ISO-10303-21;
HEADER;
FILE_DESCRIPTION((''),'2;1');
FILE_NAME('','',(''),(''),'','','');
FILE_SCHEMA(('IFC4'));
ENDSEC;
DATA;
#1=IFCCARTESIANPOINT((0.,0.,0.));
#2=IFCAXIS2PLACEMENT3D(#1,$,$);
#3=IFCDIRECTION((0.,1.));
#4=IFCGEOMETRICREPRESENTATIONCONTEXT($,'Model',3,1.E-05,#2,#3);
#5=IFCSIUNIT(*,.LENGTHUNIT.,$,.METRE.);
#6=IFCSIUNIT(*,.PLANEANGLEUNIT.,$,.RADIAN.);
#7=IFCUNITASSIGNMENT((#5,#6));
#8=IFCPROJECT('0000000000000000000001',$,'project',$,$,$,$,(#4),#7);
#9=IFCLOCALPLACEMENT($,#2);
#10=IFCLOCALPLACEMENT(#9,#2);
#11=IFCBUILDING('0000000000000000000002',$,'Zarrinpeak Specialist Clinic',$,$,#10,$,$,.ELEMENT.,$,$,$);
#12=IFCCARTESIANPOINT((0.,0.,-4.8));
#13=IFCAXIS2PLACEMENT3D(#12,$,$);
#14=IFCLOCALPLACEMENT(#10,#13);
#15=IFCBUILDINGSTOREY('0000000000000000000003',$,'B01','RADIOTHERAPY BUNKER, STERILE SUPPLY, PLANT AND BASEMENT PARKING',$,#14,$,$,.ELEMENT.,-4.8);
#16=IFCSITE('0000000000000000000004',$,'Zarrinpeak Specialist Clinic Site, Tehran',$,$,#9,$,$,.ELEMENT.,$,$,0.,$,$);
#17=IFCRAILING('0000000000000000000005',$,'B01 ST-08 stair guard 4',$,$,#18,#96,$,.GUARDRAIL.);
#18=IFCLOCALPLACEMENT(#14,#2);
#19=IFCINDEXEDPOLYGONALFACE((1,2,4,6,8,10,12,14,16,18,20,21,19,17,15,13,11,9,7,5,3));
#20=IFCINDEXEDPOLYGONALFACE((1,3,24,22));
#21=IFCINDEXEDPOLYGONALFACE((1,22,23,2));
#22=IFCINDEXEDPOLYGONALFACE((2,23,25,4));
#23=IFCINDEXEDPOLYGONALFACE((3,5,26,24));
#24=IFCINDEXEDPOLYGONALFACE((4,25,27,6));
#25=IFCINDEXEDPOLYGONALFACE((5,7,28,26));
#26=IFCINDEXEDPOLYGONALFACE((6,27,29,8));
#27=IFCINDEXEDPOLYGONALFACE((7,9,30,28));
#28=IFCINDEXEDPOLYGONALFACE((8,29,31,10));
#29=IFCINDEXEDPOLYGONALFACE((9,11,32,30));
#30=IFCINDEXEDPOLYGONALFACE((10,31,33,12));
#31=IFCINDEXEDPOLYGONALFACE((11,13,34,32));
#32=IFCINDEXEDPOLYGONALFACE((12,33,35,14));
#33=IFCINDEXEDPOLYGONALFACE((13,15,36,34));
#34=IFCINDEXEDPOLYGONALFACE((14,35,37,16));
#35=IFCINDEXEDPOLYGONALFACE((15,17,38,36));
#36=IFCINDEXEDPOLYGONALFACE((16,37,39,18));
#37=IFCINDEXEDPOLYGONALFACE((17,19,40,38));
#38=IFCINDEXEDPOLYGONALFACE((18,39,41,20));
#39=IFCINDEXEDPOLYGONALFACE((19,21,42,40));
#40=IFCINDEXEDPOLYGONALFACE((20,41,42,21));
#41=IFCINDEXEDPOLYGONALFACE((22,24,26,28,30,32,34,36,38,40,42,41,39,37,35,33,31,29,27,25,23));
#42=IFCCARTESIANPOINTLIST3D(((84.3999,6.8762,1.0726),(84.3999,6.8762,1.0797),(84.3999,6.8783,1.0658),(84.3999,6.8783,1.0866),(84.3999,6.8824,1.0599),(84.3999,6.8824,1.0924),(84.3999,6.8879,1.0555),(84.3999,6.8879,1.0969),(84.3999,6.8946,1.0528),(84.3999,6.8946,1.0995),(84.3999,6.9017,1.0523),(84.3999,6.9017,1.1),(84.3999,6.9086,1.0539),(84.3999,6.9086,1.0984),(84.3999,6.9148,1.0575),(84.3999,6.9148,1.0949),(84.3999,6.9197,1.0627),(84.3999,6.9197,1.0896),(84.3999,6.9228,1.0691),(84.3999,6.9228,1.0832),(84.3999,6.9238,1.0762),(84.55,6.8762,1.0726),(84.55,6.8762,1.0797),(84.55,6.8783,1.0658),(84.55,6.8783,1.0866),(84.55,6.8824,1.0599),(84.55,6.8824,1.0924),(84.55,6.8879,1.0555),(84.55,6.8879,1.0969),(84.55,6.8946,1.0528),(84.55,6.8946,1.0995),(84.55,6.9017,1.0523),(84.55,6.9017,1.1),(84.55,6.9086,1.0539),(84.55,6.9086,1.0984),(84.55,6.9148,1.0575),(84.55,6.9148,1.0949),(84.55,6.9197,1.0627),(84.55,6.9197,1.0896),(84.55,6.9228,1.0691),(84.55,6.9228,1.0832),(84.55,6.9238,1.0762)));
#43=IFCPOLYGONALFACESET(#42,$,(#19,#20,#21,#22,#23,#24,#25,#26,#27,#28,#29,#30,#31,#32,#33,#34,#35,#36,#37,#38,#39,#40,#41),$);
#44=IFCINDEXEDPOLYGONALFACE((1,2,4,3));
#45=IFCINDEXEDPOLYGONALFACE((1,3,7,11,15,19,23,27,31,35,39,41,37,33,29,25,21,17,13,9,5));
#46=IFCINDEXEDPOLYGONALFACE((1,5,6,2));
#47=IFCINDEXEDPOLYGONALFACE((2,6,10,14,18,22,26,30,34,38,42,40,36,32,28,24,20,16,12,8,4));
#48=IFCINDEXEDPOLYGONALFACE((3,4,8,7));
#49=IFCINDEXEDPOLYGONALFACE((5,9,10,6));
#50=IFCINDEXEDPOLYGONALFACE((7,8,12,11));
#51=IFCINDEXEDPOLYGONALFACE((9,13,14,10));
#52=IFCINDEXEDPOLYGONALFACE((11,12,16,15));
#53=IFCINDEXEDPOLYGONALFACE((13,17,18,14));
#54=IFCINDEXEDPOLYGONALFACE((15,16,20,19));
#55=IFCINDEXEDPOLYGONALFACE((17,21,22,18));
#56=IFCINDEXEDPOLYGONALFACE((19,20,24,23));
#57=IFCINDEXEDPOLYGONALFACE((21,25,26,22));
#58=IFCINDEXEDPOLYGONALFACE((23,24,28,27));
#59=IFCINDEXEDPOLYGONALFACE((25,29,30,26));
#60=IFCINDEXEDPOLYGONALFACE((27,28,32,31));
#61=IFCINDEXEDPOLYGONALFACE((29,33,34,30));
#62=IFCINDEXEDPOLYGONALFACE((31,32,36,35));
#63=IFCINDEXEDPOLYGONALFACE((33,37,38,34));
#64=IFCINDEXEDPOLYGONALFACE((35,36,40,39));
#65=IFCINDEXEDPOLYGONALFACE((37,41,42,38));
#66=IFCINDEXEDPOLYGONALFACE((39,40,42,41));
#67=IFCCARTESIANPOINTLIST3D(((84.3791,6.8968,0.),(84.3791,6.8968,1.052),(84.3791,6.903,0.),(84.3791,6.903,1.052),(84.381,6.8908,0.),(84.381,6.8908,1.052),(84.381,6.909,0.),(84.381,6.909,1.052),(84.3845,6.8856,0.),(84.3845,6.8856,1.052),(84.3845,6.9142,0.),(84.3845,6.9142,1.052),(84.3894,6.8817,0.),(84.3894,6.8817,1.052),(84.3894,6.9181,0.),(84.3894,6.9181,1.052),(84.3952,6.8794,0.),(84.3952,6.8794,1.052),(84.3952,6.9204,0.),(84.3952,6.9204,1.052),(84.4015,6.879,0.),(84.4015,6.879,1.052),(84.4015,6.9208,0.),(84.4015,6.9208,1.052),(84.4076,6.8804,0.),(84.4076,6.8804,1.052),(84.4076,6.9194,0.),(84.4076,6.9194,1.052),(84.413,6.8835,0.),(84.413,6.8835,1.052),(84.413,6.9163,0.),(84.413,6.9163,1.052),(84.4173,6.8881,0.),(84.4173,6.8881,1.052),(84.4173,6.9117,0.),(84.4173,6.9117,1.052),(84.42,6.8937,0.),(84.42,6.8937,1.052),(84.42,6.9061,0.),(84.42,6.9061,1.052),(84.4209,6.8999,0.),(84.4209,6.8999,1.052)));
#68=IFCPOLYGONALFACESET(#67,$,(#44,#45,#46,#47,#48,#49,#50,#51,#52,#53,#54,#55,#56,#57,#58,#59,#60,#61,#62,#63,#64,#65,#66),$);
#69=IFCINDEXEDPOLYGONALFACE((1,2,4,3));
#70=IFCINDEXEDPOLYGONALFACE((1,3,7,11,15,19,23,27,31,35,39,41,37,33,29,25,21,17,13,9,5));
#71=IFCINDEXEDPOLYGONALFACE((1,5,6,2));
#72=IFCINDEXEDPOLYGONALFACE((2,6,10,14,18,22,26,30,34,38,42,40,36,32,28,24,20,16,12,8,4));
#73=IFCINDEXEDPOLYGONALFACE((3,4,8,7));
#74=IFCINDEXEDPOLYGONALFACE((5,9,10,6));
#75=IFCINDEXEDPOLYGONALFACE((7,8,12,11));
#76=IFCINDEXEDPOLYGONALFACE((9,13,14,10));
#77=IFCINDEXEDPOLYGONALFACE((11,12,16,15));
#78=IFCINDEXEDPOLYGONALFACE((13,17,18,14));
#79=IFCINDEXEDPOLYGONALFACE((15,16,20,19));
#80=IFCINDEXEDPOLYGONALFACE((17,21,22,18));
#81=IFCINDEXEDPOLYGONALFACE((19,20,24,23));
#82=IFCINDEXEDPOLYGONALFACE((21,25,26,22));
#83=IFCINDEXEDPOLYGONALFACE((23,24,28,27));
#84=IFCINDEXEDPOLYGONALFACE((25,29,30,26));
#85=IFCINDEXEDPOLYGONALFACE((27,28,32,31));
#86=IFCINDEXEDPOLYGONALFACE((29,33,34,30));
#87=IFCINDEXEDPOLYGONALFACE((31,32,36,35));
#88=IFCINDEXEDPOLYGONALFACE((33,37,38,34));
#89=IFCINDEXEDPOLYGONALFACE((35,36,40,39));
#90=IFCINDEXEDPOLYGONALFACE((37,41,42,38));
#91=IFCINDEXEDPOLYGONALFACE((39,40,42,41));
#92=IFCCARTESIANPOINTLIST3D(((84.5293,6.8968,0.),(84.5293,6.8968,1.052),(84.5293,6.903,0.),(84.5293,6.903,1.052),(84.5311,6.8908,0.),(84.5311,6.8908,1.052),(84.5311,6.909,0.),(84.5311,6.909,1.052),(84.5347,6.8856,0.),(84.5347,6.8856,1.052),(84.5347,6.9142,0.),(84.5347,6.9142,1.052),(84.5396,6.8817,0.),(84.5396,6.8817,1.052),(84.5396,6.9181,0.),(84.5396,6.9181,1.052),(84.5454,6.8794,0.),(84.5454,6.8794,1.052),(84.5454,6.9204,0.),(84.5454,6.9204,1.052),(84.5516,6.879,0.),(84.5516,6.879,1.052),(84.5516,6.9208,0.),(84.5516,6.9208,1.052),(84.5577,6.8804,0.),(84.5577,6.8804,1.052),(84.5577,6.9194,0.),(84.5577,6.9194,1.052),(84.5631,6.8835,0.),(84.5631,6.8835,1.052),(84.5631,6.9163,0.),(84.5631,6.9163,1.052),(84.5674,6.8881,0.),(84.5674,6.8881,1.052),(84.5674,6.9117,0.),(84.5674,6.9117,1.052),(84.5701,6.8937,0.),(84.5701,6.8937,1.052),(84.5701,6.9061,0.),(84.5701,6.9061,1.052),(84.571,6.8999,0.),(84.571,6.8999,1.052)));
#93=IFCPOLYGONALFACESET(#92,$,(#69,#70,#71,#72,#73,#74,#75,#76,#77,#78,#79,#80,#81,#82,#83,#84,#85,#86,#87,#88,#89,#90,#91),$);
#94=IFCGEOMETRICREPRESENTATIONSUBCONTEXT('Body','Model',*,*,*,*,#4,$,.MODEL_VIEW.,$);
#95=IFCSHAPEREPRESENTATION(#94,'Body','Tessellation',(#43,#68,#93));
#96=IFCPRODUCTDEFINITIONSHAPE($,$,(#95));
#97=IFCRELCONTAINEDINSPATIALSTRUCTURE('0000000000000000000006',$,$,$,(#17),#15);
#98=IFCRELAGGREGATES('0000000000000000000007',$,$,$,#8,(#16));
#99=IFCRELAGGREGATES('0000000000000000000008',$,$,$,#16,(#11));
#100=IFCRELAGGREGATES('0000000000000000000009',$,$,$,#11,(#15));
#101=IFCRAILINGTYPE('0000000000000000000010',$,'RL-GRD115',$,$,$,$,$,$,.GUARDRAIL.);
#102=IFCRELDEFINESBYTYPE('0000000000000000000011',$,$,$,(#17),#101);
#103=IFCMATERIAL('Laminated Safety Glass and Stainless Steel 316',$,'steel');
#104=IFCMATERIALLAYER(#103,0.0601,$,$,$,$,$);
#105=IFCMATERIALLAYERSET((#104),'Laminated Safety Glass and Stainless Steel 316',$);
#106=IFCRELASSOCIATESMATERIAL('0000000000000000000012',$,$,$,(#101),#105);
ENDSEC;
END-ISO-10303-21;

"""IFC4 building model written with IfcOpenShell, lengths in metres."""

from ifc_helpers import new_model, si_unit, direction, frame, origin, origin_2d, place, context, subcontext, project, spatial, circle, extrude, material, layer, layer_set, type_object, element, save


model = new_model("IFC4")

# Units and contexts
model_context = context("Model", 3, precision=1e-05, world=origin(), true_north=direction((0.0, 1.0)))
body_context = subcontext(model_context, "Body", "Model", "MODEL_VIEW")
ifc_project = project(units=[si_unit("LENGTHUNIT", "METRE"), si_unit("PLANEANGLEUNIT", "RADIAN")], contexts=[model_context])

# Site, building, storey
site_placement = place(None, origin())
site = spatial("IfcSite", under=ifc_project, at=site_placement, Name="Zarrinpeak Specialist Clinic Site, Tehran", CompositionType="ELEMENT", RefElevation=0.0)
building_placement = place(site_placement, origin())
building = spatial("IfcBuilding", under=site, at=building_placement, Name="Zarrinpeak Specialist Clinic", CompositionType="ELEMENT")
storey_placement = place(building_placement, frame((0.0, 0.0, -4.8)))
storey = spatial("IfcBuildingStorey", under=building, at=storey_placement, Name="B01", Description="RADIOTHERAPY BUNKER, STERILE SUPPLY, PLANT AND BASEMENT PARKING", CompositionType="ELEMENT", Elevation=-4.8)

# Railing
ifc_material_1 = material(Name="Laminated Safety Glass and Stainless Steel 316", Category="steel")
ifc_layer_1 = layer(ifc_material_1, 0.0601)
ifc_layer_set_1 = layer_set([ifc_layer_1], Name="Laminated Safety Glass and Stainless Steel 316")
railing_type_1 = type_object("IfcRailingType", Name="RL-GRD115", PredefinedType="GUARDRAIL", material=ifc_layer_set_1)
railing_1_placement = place(storey_placement, frame((84.3999, 6.8999, 0.0)))
element("IfcRailing", 1, at=railing_1_placement, inside=storey, type_object=railing_type_1, Name="B01 ST-08 stair guard 4", PredefinedType="GUARDRAIL", context=body_context, shape_type="SweptSolid", body=[
    extrude(circle(Radius=0.0239, at=origin_2d()), frame((0.0, 0.0, 1.0762), z_axis=(1.0, 0.0, 0.0), x_axis=(0.0, 1.0, 0.0)), (0.0, 0.0, 1.0), 0.1501),
    extrude(circle(Radius=0.021, at=origin_2d()), origin(), (0.0, 0.0, 1.0), 1.052),
    extrude(circle(Radius=0.021, at=origin_2d()), frame((0.1501, 0.0, 0.0)), (0.0, 0.0, 1.0), 1.052),
])

save(model, "model.ifc")
